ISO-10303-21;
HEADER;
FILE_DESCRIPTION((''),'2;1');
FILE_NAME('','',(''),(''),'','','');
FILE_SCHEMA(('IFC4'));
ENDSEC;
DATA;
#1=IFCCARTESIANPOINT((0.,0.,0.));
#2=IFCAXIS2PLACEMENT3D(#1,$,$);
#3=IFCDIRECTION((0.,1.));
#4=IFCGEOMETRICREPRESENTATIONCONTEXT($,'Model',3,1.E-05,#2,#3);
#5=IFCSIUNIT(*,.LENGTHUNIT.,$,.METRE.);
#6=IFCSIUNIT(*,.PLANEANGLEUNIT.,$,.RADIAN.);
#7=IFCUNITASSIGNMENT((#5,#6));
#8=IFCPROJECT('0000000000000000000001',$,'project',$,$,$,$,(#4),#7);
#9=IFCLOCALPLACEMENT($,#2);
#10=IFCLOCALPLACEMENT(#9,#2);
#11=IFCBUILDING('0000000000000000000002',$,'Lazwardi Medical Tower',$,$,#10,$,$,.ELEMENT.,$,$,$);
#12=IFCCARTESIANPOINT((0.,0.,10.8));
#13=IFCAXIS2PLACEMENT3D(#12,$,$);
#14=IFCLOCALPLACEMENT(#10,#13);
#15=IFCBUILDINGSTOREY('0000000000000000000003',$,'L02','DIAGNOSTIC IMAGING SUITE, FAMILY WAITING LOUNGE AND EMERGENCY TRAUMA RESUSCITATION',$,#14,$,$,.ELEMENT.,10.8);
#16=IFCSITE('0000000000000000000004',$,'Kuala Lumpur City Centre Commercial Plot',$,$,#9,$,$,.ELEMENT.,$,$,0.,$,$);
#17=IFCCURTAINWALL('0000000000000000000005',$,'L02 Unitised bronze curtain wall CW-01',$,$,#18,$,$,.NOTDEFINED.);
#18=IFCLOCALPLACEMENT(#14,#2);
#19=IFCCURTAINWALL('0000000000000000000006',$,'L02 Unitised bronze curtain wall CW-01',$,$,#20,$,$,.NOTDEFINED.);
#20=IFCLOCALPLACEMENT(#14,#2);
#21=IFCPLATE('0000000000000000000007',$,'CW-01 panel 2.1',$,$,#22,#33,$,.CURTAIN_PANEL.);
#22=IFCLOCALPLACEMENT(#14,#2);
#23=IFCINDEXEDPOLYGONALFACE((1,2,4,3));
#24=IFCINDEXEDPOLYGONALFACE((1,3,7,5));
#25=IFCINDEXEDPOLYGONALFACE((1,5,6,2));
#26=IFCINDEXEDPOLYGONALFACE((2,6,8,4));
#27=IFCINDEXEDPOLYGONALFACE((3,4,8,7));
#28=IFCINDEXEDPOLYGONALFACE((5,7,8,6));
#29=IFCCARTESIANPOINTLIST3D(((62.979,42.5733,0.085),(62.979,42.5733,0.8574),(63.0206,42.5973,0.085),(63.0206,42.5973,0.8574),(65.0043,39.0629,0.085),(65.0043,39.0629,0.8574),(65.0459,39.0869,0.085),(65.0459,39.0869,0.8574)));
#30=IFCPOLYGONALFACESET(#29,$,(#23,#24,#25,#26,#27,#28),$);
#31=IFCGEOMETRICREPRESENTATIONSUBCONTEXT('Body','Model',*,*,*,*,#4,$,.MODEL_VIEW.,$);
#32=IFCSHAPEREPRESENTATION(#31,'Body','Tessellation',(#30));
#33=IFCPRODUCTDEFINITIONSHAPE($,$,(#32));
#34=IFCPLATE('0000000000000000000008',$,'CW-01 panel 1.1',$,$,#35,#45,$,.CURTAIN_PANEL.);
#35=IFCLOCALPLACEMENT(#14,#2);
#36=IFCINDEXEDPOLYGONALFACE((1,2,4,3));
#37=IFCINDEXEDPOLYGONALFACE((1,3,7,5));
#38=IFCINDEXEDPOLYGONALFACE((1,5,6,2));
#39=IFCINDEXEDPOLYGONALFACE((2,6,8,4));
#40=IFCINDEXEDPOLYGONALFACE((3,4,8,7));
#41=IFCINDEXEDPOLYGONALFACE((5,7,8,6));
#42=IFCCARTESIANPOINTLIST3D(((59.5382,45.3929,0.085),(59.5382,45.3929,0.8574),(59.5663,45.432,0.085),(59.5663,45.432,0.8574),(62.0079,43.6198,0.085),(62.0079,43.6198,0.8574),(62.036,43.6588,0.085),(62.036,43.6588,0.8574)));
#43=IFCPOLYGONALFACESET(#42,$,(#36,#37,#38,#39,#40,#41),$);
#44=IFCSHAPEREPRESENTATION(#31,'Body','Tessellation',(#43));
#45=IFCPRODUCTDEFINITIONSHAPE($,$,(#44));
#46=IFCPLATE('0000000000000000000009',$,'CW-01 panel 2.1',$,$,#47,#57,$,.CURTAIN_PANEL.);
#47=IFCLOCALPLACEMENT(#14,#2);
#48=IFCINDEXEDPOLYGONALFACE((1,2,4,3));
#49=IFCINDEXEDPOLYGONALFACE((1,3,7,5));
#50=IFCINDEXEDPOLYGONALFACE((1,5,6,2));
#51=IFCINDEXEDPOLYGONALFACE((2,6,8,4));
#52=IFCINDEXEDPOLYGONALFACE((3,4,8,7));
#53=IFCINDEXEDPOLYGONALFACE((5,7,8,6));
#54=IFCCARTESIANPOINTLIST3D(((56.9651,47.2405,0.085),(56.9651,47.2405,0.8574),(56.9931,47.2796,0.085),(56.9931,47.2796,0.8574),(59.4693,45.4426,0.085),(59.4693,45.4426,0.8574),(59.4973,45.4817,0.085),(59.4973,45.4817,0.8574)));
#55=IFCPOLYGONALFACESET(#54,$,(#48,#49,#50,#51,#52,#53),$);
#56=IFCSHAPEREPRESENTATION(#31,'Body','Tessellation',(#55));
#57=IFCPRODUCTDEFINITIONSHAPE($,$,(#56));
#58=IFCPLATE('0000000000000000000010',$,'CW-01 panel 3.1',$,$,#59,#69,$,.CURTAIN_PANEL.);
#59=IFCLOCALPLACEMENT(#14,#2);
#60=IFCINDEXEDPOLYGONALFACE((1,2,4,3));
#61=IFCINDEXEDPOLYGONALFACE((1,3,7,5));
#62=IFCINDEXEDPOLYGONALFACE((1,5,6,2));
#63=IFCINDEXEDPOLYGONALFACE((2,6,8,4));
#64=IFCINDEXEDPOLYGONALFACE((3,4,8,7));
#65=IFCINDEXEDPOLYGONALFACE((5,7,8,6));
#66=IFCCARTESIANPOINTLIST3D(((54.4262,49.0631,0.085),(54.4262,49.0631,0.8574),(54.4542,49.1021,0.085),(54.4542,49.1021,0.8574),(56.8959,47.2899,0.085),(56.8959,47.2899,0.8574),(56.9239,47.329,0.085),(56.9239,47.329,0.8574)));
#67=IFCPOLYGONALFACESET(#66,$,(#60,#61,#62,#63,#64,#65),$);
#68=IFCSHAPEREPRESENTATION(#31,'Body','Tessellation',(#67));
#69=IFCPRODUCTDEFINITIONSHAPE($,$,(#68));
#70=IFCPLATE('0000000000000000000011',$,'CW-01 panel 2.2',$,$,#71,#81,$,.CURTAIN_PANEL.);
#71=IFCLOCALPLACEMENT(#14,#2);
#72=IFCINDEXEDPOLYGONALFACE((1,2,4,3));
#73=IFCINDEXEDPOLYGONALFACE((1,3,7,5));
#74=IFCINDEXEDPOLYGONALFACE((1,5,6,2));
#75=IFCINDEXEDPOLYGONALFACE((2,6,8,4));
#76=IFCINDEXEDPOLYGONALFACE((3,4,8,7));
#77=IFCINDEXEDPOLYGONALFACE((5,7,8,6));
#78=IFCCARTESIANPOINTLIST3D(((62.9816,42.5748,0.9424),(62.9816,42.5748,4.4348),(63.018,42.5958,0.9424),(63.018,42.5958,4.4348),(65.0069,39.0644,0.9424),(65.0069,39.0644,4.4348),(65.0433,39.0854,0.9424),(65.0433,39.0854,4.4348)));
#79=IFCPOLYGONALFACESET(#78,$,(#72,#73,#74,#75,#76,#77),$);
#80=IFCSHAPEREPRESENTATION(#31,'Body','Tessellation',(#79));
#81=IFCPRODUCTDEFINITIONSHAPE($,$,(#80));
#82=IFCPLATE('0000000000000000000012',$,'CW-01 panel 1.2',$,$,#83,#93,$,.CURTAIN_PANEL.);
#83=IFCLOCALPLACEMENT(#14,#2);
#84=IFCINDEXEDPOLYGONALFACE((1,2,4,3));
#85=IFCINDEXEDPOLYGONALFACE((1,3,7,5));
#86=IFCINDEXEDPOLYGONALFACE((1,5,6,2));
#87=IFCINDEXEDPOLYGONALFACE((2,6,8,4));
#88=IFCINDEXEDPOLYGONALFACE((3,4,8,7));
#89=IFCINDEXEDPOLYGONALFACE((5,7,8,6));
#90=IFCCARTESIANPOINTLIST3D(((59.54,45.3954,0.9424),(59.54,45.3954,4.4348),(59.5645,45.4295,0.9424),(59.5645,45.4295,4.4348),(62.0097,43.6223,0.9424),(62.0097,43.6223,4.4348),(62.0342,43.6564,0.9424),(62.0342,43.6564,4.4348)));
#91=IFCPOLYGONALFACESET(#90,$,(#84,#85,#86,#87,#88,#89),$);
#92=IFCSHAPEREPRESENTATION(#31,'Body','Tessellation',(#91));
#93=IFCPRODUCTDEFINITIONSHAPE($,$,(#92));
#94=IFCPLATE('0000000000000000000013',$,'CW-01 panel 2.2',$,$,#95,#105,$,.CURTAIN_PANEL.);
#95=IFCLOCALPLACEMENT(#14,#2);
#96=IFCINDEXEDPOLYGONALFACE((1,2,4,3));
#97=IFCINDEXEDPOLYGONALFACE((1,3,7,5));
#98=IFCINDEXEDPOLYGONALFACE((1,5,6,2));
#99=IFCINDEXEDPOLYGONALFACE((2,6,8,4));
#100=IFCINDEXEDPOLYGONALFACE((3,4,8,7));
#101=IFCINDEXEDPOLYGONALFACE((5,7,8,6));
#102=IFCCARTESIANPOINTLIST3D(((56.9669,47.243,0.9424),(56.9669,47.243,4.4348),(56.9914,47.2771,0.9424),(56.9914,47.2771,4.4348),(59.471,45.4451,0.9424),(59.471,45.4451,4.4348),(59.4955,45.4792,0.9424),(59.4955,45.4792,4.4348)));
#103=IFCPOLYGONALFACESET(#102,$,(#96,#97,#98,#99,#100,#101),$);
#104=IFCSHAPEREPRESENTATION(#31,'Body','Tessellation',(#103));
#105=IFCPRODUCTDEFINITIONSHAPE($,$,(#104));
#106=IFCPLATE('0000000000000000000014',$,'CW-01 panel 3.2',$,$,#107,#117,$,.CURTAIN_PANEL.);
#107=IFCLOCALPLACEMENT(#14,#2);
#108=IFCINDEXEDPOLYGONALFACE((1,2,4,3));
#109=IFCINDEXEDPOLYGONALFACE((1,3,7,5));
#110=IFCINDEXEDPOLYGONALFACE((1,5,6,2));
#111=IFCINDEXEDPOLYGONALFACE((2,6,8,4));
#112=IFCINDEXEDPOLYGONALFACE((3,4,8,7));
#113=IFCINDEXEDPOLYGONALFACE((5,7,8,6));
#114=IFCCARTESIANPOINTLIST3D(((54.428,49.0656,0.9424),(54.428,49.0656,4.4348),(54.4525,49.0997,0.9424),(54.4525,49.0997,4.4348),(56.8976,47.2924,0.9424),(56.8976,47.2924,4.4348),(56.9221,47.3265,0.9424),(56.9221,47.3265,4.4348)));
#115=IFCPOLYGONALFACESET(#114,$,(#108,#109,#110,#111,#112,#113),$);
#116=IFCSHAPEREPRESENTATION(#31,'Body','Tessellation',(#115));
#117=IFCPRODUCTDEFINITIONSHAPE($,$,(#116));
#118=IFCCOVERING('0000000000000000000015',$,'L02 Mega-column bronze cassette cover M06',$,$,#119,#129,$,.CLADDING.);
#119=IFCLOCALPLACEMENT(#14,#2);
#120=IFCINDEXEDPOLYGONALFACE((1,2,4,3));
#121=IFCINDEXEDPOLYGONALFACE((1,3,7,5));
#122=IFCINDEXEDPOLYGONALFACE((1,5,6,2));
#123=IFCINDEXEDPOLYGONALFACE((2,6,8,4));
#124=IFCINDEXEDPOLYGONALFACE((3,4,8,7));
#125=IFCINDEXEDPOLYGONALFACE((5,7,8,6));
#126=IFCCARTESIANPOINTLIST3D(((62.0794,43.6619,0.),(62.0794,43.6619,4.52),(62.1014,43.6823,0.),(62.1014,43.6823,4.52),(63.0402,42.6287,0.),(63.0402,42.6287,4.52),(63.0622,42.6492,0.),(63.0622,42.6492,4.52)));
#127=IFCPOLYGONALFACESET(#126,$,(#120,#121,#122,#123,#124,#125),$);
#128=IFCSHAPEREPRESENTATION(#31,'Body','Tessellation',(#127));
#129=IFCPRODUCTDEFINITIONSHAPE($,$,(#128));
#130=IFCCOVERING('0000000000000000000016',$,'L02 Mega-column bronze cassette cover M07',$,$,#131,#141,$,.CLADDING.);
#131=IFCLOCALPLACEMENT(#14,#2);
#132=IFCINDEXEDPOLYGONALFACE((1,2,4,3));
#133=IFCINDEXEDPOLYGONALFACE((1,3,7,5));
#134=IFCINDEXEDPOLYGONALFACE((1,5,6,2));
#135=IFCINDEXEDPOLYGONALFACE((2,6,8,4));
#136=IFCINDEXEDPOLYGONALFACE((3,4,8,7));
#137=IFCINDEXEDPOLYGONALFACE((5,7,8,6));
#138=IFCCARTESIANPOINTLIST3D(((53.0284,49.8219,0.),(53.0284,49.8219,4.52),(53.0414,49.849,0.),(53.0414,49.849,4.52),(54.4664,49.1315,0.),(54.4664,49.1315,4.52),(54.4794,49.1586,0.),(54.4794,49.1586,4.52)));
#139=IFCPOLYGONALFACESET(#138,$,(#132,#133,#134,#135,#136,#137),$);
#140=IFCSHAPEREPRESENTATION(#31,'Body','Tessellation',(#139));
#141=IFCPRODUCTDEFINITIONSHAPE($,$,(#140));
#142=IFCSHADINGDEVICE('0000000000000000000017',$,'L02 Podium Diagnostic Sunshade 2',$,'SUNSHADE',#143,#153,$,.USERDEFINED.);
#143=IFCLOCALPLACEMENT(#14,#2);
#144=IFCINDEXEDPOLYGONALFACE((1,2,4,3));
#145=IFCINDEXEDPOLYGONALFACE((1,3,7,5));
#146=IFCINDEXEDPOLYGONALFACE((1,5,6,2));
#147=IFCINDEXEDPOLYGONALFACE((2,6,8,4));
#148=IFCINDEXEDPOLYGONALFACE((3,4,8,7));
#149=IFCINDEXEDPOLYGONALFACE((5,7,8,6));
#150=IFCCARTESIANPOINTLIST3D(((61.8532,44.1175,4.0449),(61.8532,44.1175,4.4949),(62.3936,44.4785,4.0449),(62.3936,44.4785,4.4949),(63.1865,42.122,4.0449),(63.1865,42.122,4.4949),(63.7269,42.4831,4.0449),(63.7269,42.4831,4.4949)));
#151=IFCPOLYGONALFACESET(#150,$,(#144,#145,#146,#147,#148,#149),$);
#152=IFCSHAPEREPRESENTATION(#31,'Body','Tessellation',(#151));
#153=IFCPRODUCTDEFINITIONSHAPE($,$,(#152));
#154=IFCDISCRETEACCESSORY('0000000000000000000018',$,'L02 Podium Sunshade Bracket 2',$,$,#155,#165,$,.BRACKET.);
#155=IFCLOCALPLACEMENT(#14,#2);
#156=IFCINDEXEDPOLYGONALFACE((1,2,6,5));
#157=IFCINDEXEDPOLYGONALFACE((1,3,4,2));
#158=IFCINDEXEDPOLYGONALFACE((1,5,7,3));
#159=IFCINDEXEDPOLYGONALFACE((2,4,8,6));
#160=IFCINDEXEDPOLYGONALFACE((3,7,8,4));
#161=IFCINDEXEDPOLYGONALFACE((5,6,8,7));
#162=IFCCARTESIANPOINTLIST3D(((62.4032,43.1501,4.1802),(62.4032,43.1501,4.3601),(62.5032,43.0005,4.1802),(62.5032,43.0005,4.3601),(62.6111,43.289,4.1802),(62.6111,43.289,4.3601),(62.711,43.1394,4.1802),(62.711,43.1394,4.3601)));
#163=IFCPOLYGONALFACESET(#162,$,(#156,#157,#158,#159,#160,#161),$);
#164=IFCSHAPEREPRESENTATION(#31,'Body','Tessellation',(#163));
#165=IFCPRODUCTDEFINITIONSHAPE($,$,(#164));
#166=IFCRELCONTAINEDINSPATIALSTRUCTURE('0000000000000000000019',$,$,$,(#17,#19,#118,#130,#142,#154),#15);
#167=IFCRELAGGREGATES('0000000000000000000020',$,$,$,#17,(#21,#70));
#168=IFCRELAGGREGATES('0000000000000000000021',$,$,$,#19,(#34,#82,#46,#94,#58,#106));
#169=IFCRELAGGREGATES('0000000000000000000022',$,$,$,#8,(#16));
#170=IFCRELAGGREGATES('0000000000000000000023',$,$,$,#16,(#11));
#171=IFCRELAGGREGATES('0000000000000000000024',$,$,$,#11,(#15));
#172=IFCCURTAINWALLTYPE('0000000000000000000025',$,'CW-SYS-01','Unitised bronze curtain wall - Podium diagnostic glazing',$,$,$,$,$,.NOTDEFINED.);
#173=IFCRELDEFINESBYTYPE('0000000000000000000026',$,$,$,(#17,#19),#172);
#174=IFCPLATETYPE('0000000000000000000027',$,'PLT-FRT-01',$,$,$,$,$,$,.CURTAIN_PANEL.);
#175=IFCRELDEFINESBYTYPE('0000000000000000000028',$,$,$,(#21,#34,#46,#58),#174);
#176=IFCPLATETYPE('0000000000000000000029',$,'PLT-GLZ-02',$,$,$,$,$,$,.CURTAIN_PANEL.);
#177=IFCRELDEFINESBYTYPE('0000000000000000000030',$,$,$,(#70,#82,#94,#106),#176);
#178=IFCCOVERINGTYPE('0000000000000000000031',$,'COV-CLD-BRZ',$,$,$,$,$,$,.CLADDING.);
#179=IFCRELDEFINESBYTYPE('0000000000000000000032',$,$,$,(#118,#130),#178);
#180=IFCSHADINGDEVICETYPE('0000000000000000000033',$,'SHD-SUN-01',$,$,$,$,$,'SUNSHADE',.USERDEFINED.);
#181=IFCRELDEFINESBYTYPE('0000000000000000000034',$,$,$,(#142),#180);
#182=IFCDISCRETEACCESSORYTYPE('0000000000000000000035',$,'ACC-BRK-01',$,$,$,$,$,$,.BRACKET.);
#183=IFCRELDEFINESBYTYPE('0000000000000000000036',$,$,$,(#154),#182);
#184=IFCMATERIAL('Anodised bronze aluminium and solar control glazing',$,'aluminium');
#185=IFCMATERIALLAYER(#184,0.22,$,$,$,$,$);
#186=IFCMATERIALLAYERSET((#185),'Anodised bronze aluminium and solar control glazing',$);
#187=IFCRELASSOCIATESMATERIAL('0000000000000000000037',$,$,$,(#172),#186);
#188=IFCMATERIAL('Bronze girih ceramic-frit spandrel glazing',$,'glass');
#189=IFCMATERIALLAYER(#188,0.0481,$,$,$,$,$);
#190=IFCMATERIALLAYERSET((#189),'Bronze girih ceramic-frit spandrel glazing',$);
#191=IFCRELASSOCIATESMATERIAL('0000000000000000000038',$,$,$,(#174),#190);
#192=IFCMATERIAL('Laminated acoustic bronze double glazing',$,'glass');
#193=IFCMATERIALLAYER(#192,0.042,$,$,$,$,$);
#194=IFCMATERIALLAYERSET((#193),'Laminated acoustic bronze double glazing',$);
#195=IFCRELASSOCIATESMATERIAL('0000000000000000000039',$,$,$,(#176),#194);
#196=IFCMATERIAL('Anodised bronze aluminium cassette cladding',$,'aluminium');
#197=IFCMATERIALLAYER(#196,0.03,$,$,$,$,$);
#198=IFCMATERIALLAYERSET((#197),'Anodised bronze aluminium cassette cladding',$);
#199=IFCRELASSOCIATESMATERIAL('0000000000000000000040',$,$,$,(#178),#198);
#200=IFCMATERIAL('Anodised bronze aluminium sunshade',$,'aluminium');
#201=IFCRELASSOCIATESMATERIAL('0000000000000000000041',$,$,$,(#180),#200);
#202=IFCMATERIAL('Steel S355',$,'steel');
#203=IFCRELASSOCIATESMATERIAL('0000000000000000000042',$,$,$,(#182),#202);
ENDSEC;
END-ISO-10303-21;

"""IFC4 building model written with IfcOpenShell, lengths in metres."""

from ifc_helpers import new_model, si_unit, direction, frame, origin, origin_2d, place, context, subcontext, project, spatial, rectangle, extrude, material, layer, layer_set, type_object, element, aggregate, save


model = new_model("IFC4")

# Units and contexts
model_context = context("Model", 3, precision=1e-05, world=origin(), true_north=direction((0.0, 1.0)))
body_context = subcontext(model_context, "Body", "Model", "MODEL_VIEW")
ifc_project = project(units=[si_unit("LENGTHUNIT", "METRE"), si_unit("PLANEANGLEUNIT", "RADIAN")], contexts=[model_context])

# Site, building, storey
site_placement = place(None, origin())
site = spatial("IfcSite", under=ifc_project, at=site_placement, Name="Kuala Lumpur City Centre Commercial Plot", CompositionType="ELEMENT", RefElevation=0.0)
building_placement = place(site_placement, origin())
building = spatial("IfcBuilding", under=site, at=building_placement, Name="Lazwardi Medical Tower", CompositionType="ELEMENT")
storey_placement = place(building_placement, frame((0.0, 0.0, 10.8)))
storey = spatial("IfcBuildingStorey", under=building, at=storey_placement, Name="L02", Description="DIAGNOSTIC IMAGING SUITE, FAMILY WAITING LOUNGE AND EMERGENCY TRAUMA RESUSCITATION", CompositionType="ELEMENT", Elevation=10.8)

# Shared definitions
ifc_material_1 = material(Name="Steel S355", Category="steel")

# Curtain wall
ifc_material_2 = material(Name="Anodised bronze aluminium and solar control glazing", Category="aluminium")
ifc_layer_1 = layer(ifc_material_2, 0.22)
ifc_layer_set_1 = layer_set([ifc_layer_1], Name="Anodised bronze aluminium and solar control glazing")
curtain_wall_type = type_object("IfcCurtainWallType", Name="CW-SYS-01", Description="Unitised bronze curtain wall - Podium diagnostic glazing", PredefinedType="NOTDEFINED", material=ifc_layer_set_1)
curtain_wall_1_placement = place(storey_placement, origin())
curtain_wall_1 = element("IfcCurtainWall", 1, at=curtain_wall_1_placement, inside=storey, type_object=curtain_wall_type, Name="L02 Unitised bronze curtain wall CW-01", PredefinedType="NOTDEFINED")

# Curtain wall
curtain_wall_2_placement = place(storey_placement, origin())
curtain_wall_2 = element("IfcCurtainWall", 2, at=curtain_wall_2_placement, inside=storey, type_object=curtain_wall_type, Name="L02 Unitised bronze curtain wall CW-01", PredefinedType="NOTDEFINED")

# Plates
ifc_material_3 = material(Name="Bronze girih ceramic-frit spandrel glazing", Category="glass")
ifc_layer_2 = layer(ifc_material_3, 0.0481)
ifc_layer_set_2 = layer_set([ifc_layer_2], Name="Bronze girih ceramic-frit spandrel glazing")
plate_type_1 = type_object("IfcPlateType", Name="PLT-FRT-01", PredefinedType="CURTAIN_PANEL", material=ifc_layer_set_2)
plate_1_placement = place(storey_placement, frame((64.0125, 40.8301, 0.085), z_axis=(0.0, 0.0, 1.0), x_axis=(-0.499731, 0.866181, 0.0)))
plate_1 = element("IfcPlate", 3, at=plate_1_placement, type_object=plate_type_1, Name="CW-01 panel 2.1", PredefinedType="CURTAIN_PANEL", context=body_context, shape_type="SweptSolid", body=[
    extrude(rectangle(XDim=4.0527, YDim=0.0481, at=origin_2d()), origin(), (0.0, 0.0, 1.0), 0.7725),
])
plate_2_placement = place(storey_placement, frame((60.7871, 44.5259, 0.085), z_axis=(0.0, 0.0, 1.0), x_axis=(-0.812318, 0.583214, 0.0)))
plate_2 = element("IfcPlate", 4, at=plate_2_placement, type_object=plate_type_1, Name="CW-01 panel 1.1", PredefinedType="CURTAIN_PANEL", context=body_context, shape_type="SweptSolid", body=[
    extrude(rectangle(XDim=3.0403, YDim=0.0481, at=origin_2d()), origin(), (0.0, 0.0, 1.0), 0.7725),
])
plate_3_placement = place(storey_placement, frame((58.2312, 46.3611, 0.085), z_axis=(0.0, 0.0, 1.0), x_axis=(-0.812318, 0.583214, 0.0)))
plate_3 = element("IfcPlate", 5, at=plate_3_placement, type_object=plate_type_1, Name="CW-01 panel 2.1", PredefinedType="CURTAIN_PANEL", context=body_context, shape_type="SweptSolid", body=[
    extrude(rectangle(XDim=3.0828, YDim=0.0481, at=origin_2d()), origin(), (0.0, 0.0, 1.0), 0.7725),
])
plate_4_placement = place(storey_placement, frame((55.675, 48.196, 0.085), z_axis=(0.0, 0.0, 1.0), x_axis=(-0.812318, 0.583214, 0.0)))
plate_4 = element("IfcPlate", 6, at=plate_4_placement, type_object=plate_type_1, Name="CW-01 panel 3.1", PredefinedType="CURTAIN_PANEL", context=body_context, shape_type="SweptSolid", body=[
    extrude(rectangle(XDim=3.0403, YDim=0.0481, at=origin_2d()), origin(), (0.0, 0.0, 1.0), 0.7725),
])
ifc_material_4 = material(Name="Laminated acoustic bronze double glazing", Category="glass")
ifc_layer_3 = layer(ifc_material_4, 0.042)
ifc_layer_set_3 = layer_set([ifc_layer_3], Name="Laminated acoustic bronze double glazing")
plate_type_2 = type_object("IfcPlateType", Name="PLT-GLZ-02", PredefinedType="CURTAIN_PANEL", material=ifc_layer_set_3)
plate_5_placement = place(storey_placement, frame((64.0125, 40.8301, 0.9424), z_axis=(0.0, 0.0, 1.0), x_axis=(-0.499731, 0.866181, 0.0)))
plate_5 = element("IfcPlate", 7, at=plate_5_placement, type_object=plate_type_2, Name="CW-01 panel 2.2", PredefinedType="CURTAIN_PANEL", context=body_context, shape_type="SweptSolid", body=[
    extrude(rectangle(XDim=4.0527, YDim=0.042, at=origin_2d()), origin(), (0.0, 0.0, 1.0), 3.4924),
])
aggregate(curtain_wall_1, [plate_1, plate_5])
plate_6_placement = place(storey_placement, frame((60.7871, 44.5259, 0.9424), z_axis=(0.0, 0.0, 1.0), x_axis=(-0.812318, 0.583214, 0.0)))
plate_6 = element("IfcPlate", 8, at=plate_6_placement, type_object=plate_type_2, Name="CW-01 panel 1.2", PredefinedType="CURTAIN_PANEL", context=body_context, shape_type="SweptSolid", body=[
    extrude(rectangle(XDim=3.0403, YDim=0.042, at=origin_2d()), origin(), (0.0, 0.0, 1.0), 3.4924),
])
plate_7_placement = place(storey_placement, frame((58.2312, 46.3611, 0.9424), z_axis=(0.0, 0.0, 1.0), x_axis=(-0.812318, 0.583214, 0.0)))
plate_7 = element("IfcPlate", 9, at=plate_7_placement, type_object=plate_type_2, Name="CW-01 panel 2.2", PredefinedType="CURTAIN_PANEL", context=body_context, shape_type="SweptSolid", body=[
    extrude(rectangle(XDim=3.0828, YDim=0.042, at=origin_2d()), origin(), (0.0, 0.0, 1.0), 3.4924),
])
plate_8_placement = place(storey_placement, frame((55.675, 48.196, 0.9424), z_axis=(0.0, 0.0, 1.0), x_axis=(-0.812318, 0.583214, 0.0)))
plate_8 = element("IfcPlate", 10, at=plate_8_placement, type_object=plate_type_2, Name="CW-01 panel 3.2", PredefinedType="CURTAIN_PANEL", context=body_context, shape_type="SweptSolid", body=[
    extrude(rectangle(XDim=3.0403, YDim=0.042, at=origin_2d()), origin(), (0.0, 0.0, 1.0), 3.4924),
])
aggregate(curtain_wall_2, [plate_2, plate_6, plate_3, plate_7, plate_4, plate_8])

# Coverings
ifc_material_5 = material(Name="Anodised bronze aluminium cassette cladding", Category="aluminium")
ifc_layer_4 = layer(ifc_material_5, 0.03)
ifc_layer_set_4 = layer_set([ifc_layer_4], Name="Anodised bronze aluminium cassette cladding")
covering_type = type_object("IfcCoveringType", Name="COV-CLD-BRZ", PredefinedType="CLADDING", material=ifc_layer_set_4)
covering_1_placement = place(storey_placement, frame((62.5708, 43.1555, 0.0), z_axis=(0.0, 0.0, 1.0), x_axis=(-0.681019, 0.732266, 0.0)))
element("IfcCovering", 11, at=covering_1_placement, inside=storey, type_object=covering_type, Name="L02 Mega-column bronze cassette cover M06", PredefinedType="CLADDING", context=body_context, shape_type="SweptSolid", body=[
    extrude(rectangle(XDim=1.4109, YDim=0.03, at=origin_2d()), origin(), (0.0, 0.0, 1.0), 4.52),
])
covering_2_placement = place(storey_placement, frame((53.7539, 49.4902, 0.0), z_axis=(0.0, 0.0, 1.0), x_axis=(-0.901484, 0.432813, 0.0)))
element("IfcCovering", 12, at=covering_2_placement, inside=storey, type_object=covering_type, Name="L02 Mega-column bronze cassette cover M07", PredefinedType="CLADDING", context=body_context, shape_type="SweptSolid", body=[
    extrude(rectangle(XDim=1.5952, YDim=0.03, at=origin_2d()), origin(), (0.0, 0.0, 1.0), 4.52),
])

# Shading device
ifc_material_6 = material(Name="Anodised bronze aluminium sunshade", Category="aluminium")
shading_device_type = type_object("IfcShadingDeviceType", Name="SHD-SUN-01", ElementType="SUNSHADE", PredefinedType="USERDEFINED", material=ifc_material_6)
shading_device_placement = place(storey_placement, frame((62.79, 43.3003, 4.0449), z_axis=(0.0, 0.0, 1.0), x_axis=(-0.55557, 0.83147, 0.0)))
element("IfcShadingDevice", 13, at=shading_device_placement, inside=storey, type_object=shading_device_type, Name="L02 Podium Diagnostic Sunshade 2", ObjectType="SUNSHADE", PredefinedType="USERDEFINED", context=body_context, shape_type="SweptSolid", body=[
    extrude(rectangle(XDim=2.3999, YDim=0.6499, at=origin_2d()), origin(), (0.0, 0.0, 1.0), 0.45),
])

# Discrete accessory
discrete_accessory_type = type_object("IfcDiscreteAccessoryType", Name="ACC-BRK-01", PredefinedType="BRACKET", material=ifc_material_1)
discrete_accessory_placement = place(storey_placement, frame((62.5571, 43.1448, 4.1802), z_axis=(0.0, 0.0, 1.0), x_axis=(-0.55557, 0.83147, 0.0)))
element("IfcDiscreteAccessory", 14, at=discrete_accessory_placement, inside=storey, type_object=discrete_accessory_type, Name="L02 Podium Sunshade Bracket 2", PredefinedType="BRACKET", context=body_context, shape_type="SweptSolid", body=[
    extrude(rectangle(XDim=0.1799, YDim=0.25, at=origin_2d()), origin(), (0.0, 0.0, 1.0), 0.1799),
])

save(model, "model.ifc")
